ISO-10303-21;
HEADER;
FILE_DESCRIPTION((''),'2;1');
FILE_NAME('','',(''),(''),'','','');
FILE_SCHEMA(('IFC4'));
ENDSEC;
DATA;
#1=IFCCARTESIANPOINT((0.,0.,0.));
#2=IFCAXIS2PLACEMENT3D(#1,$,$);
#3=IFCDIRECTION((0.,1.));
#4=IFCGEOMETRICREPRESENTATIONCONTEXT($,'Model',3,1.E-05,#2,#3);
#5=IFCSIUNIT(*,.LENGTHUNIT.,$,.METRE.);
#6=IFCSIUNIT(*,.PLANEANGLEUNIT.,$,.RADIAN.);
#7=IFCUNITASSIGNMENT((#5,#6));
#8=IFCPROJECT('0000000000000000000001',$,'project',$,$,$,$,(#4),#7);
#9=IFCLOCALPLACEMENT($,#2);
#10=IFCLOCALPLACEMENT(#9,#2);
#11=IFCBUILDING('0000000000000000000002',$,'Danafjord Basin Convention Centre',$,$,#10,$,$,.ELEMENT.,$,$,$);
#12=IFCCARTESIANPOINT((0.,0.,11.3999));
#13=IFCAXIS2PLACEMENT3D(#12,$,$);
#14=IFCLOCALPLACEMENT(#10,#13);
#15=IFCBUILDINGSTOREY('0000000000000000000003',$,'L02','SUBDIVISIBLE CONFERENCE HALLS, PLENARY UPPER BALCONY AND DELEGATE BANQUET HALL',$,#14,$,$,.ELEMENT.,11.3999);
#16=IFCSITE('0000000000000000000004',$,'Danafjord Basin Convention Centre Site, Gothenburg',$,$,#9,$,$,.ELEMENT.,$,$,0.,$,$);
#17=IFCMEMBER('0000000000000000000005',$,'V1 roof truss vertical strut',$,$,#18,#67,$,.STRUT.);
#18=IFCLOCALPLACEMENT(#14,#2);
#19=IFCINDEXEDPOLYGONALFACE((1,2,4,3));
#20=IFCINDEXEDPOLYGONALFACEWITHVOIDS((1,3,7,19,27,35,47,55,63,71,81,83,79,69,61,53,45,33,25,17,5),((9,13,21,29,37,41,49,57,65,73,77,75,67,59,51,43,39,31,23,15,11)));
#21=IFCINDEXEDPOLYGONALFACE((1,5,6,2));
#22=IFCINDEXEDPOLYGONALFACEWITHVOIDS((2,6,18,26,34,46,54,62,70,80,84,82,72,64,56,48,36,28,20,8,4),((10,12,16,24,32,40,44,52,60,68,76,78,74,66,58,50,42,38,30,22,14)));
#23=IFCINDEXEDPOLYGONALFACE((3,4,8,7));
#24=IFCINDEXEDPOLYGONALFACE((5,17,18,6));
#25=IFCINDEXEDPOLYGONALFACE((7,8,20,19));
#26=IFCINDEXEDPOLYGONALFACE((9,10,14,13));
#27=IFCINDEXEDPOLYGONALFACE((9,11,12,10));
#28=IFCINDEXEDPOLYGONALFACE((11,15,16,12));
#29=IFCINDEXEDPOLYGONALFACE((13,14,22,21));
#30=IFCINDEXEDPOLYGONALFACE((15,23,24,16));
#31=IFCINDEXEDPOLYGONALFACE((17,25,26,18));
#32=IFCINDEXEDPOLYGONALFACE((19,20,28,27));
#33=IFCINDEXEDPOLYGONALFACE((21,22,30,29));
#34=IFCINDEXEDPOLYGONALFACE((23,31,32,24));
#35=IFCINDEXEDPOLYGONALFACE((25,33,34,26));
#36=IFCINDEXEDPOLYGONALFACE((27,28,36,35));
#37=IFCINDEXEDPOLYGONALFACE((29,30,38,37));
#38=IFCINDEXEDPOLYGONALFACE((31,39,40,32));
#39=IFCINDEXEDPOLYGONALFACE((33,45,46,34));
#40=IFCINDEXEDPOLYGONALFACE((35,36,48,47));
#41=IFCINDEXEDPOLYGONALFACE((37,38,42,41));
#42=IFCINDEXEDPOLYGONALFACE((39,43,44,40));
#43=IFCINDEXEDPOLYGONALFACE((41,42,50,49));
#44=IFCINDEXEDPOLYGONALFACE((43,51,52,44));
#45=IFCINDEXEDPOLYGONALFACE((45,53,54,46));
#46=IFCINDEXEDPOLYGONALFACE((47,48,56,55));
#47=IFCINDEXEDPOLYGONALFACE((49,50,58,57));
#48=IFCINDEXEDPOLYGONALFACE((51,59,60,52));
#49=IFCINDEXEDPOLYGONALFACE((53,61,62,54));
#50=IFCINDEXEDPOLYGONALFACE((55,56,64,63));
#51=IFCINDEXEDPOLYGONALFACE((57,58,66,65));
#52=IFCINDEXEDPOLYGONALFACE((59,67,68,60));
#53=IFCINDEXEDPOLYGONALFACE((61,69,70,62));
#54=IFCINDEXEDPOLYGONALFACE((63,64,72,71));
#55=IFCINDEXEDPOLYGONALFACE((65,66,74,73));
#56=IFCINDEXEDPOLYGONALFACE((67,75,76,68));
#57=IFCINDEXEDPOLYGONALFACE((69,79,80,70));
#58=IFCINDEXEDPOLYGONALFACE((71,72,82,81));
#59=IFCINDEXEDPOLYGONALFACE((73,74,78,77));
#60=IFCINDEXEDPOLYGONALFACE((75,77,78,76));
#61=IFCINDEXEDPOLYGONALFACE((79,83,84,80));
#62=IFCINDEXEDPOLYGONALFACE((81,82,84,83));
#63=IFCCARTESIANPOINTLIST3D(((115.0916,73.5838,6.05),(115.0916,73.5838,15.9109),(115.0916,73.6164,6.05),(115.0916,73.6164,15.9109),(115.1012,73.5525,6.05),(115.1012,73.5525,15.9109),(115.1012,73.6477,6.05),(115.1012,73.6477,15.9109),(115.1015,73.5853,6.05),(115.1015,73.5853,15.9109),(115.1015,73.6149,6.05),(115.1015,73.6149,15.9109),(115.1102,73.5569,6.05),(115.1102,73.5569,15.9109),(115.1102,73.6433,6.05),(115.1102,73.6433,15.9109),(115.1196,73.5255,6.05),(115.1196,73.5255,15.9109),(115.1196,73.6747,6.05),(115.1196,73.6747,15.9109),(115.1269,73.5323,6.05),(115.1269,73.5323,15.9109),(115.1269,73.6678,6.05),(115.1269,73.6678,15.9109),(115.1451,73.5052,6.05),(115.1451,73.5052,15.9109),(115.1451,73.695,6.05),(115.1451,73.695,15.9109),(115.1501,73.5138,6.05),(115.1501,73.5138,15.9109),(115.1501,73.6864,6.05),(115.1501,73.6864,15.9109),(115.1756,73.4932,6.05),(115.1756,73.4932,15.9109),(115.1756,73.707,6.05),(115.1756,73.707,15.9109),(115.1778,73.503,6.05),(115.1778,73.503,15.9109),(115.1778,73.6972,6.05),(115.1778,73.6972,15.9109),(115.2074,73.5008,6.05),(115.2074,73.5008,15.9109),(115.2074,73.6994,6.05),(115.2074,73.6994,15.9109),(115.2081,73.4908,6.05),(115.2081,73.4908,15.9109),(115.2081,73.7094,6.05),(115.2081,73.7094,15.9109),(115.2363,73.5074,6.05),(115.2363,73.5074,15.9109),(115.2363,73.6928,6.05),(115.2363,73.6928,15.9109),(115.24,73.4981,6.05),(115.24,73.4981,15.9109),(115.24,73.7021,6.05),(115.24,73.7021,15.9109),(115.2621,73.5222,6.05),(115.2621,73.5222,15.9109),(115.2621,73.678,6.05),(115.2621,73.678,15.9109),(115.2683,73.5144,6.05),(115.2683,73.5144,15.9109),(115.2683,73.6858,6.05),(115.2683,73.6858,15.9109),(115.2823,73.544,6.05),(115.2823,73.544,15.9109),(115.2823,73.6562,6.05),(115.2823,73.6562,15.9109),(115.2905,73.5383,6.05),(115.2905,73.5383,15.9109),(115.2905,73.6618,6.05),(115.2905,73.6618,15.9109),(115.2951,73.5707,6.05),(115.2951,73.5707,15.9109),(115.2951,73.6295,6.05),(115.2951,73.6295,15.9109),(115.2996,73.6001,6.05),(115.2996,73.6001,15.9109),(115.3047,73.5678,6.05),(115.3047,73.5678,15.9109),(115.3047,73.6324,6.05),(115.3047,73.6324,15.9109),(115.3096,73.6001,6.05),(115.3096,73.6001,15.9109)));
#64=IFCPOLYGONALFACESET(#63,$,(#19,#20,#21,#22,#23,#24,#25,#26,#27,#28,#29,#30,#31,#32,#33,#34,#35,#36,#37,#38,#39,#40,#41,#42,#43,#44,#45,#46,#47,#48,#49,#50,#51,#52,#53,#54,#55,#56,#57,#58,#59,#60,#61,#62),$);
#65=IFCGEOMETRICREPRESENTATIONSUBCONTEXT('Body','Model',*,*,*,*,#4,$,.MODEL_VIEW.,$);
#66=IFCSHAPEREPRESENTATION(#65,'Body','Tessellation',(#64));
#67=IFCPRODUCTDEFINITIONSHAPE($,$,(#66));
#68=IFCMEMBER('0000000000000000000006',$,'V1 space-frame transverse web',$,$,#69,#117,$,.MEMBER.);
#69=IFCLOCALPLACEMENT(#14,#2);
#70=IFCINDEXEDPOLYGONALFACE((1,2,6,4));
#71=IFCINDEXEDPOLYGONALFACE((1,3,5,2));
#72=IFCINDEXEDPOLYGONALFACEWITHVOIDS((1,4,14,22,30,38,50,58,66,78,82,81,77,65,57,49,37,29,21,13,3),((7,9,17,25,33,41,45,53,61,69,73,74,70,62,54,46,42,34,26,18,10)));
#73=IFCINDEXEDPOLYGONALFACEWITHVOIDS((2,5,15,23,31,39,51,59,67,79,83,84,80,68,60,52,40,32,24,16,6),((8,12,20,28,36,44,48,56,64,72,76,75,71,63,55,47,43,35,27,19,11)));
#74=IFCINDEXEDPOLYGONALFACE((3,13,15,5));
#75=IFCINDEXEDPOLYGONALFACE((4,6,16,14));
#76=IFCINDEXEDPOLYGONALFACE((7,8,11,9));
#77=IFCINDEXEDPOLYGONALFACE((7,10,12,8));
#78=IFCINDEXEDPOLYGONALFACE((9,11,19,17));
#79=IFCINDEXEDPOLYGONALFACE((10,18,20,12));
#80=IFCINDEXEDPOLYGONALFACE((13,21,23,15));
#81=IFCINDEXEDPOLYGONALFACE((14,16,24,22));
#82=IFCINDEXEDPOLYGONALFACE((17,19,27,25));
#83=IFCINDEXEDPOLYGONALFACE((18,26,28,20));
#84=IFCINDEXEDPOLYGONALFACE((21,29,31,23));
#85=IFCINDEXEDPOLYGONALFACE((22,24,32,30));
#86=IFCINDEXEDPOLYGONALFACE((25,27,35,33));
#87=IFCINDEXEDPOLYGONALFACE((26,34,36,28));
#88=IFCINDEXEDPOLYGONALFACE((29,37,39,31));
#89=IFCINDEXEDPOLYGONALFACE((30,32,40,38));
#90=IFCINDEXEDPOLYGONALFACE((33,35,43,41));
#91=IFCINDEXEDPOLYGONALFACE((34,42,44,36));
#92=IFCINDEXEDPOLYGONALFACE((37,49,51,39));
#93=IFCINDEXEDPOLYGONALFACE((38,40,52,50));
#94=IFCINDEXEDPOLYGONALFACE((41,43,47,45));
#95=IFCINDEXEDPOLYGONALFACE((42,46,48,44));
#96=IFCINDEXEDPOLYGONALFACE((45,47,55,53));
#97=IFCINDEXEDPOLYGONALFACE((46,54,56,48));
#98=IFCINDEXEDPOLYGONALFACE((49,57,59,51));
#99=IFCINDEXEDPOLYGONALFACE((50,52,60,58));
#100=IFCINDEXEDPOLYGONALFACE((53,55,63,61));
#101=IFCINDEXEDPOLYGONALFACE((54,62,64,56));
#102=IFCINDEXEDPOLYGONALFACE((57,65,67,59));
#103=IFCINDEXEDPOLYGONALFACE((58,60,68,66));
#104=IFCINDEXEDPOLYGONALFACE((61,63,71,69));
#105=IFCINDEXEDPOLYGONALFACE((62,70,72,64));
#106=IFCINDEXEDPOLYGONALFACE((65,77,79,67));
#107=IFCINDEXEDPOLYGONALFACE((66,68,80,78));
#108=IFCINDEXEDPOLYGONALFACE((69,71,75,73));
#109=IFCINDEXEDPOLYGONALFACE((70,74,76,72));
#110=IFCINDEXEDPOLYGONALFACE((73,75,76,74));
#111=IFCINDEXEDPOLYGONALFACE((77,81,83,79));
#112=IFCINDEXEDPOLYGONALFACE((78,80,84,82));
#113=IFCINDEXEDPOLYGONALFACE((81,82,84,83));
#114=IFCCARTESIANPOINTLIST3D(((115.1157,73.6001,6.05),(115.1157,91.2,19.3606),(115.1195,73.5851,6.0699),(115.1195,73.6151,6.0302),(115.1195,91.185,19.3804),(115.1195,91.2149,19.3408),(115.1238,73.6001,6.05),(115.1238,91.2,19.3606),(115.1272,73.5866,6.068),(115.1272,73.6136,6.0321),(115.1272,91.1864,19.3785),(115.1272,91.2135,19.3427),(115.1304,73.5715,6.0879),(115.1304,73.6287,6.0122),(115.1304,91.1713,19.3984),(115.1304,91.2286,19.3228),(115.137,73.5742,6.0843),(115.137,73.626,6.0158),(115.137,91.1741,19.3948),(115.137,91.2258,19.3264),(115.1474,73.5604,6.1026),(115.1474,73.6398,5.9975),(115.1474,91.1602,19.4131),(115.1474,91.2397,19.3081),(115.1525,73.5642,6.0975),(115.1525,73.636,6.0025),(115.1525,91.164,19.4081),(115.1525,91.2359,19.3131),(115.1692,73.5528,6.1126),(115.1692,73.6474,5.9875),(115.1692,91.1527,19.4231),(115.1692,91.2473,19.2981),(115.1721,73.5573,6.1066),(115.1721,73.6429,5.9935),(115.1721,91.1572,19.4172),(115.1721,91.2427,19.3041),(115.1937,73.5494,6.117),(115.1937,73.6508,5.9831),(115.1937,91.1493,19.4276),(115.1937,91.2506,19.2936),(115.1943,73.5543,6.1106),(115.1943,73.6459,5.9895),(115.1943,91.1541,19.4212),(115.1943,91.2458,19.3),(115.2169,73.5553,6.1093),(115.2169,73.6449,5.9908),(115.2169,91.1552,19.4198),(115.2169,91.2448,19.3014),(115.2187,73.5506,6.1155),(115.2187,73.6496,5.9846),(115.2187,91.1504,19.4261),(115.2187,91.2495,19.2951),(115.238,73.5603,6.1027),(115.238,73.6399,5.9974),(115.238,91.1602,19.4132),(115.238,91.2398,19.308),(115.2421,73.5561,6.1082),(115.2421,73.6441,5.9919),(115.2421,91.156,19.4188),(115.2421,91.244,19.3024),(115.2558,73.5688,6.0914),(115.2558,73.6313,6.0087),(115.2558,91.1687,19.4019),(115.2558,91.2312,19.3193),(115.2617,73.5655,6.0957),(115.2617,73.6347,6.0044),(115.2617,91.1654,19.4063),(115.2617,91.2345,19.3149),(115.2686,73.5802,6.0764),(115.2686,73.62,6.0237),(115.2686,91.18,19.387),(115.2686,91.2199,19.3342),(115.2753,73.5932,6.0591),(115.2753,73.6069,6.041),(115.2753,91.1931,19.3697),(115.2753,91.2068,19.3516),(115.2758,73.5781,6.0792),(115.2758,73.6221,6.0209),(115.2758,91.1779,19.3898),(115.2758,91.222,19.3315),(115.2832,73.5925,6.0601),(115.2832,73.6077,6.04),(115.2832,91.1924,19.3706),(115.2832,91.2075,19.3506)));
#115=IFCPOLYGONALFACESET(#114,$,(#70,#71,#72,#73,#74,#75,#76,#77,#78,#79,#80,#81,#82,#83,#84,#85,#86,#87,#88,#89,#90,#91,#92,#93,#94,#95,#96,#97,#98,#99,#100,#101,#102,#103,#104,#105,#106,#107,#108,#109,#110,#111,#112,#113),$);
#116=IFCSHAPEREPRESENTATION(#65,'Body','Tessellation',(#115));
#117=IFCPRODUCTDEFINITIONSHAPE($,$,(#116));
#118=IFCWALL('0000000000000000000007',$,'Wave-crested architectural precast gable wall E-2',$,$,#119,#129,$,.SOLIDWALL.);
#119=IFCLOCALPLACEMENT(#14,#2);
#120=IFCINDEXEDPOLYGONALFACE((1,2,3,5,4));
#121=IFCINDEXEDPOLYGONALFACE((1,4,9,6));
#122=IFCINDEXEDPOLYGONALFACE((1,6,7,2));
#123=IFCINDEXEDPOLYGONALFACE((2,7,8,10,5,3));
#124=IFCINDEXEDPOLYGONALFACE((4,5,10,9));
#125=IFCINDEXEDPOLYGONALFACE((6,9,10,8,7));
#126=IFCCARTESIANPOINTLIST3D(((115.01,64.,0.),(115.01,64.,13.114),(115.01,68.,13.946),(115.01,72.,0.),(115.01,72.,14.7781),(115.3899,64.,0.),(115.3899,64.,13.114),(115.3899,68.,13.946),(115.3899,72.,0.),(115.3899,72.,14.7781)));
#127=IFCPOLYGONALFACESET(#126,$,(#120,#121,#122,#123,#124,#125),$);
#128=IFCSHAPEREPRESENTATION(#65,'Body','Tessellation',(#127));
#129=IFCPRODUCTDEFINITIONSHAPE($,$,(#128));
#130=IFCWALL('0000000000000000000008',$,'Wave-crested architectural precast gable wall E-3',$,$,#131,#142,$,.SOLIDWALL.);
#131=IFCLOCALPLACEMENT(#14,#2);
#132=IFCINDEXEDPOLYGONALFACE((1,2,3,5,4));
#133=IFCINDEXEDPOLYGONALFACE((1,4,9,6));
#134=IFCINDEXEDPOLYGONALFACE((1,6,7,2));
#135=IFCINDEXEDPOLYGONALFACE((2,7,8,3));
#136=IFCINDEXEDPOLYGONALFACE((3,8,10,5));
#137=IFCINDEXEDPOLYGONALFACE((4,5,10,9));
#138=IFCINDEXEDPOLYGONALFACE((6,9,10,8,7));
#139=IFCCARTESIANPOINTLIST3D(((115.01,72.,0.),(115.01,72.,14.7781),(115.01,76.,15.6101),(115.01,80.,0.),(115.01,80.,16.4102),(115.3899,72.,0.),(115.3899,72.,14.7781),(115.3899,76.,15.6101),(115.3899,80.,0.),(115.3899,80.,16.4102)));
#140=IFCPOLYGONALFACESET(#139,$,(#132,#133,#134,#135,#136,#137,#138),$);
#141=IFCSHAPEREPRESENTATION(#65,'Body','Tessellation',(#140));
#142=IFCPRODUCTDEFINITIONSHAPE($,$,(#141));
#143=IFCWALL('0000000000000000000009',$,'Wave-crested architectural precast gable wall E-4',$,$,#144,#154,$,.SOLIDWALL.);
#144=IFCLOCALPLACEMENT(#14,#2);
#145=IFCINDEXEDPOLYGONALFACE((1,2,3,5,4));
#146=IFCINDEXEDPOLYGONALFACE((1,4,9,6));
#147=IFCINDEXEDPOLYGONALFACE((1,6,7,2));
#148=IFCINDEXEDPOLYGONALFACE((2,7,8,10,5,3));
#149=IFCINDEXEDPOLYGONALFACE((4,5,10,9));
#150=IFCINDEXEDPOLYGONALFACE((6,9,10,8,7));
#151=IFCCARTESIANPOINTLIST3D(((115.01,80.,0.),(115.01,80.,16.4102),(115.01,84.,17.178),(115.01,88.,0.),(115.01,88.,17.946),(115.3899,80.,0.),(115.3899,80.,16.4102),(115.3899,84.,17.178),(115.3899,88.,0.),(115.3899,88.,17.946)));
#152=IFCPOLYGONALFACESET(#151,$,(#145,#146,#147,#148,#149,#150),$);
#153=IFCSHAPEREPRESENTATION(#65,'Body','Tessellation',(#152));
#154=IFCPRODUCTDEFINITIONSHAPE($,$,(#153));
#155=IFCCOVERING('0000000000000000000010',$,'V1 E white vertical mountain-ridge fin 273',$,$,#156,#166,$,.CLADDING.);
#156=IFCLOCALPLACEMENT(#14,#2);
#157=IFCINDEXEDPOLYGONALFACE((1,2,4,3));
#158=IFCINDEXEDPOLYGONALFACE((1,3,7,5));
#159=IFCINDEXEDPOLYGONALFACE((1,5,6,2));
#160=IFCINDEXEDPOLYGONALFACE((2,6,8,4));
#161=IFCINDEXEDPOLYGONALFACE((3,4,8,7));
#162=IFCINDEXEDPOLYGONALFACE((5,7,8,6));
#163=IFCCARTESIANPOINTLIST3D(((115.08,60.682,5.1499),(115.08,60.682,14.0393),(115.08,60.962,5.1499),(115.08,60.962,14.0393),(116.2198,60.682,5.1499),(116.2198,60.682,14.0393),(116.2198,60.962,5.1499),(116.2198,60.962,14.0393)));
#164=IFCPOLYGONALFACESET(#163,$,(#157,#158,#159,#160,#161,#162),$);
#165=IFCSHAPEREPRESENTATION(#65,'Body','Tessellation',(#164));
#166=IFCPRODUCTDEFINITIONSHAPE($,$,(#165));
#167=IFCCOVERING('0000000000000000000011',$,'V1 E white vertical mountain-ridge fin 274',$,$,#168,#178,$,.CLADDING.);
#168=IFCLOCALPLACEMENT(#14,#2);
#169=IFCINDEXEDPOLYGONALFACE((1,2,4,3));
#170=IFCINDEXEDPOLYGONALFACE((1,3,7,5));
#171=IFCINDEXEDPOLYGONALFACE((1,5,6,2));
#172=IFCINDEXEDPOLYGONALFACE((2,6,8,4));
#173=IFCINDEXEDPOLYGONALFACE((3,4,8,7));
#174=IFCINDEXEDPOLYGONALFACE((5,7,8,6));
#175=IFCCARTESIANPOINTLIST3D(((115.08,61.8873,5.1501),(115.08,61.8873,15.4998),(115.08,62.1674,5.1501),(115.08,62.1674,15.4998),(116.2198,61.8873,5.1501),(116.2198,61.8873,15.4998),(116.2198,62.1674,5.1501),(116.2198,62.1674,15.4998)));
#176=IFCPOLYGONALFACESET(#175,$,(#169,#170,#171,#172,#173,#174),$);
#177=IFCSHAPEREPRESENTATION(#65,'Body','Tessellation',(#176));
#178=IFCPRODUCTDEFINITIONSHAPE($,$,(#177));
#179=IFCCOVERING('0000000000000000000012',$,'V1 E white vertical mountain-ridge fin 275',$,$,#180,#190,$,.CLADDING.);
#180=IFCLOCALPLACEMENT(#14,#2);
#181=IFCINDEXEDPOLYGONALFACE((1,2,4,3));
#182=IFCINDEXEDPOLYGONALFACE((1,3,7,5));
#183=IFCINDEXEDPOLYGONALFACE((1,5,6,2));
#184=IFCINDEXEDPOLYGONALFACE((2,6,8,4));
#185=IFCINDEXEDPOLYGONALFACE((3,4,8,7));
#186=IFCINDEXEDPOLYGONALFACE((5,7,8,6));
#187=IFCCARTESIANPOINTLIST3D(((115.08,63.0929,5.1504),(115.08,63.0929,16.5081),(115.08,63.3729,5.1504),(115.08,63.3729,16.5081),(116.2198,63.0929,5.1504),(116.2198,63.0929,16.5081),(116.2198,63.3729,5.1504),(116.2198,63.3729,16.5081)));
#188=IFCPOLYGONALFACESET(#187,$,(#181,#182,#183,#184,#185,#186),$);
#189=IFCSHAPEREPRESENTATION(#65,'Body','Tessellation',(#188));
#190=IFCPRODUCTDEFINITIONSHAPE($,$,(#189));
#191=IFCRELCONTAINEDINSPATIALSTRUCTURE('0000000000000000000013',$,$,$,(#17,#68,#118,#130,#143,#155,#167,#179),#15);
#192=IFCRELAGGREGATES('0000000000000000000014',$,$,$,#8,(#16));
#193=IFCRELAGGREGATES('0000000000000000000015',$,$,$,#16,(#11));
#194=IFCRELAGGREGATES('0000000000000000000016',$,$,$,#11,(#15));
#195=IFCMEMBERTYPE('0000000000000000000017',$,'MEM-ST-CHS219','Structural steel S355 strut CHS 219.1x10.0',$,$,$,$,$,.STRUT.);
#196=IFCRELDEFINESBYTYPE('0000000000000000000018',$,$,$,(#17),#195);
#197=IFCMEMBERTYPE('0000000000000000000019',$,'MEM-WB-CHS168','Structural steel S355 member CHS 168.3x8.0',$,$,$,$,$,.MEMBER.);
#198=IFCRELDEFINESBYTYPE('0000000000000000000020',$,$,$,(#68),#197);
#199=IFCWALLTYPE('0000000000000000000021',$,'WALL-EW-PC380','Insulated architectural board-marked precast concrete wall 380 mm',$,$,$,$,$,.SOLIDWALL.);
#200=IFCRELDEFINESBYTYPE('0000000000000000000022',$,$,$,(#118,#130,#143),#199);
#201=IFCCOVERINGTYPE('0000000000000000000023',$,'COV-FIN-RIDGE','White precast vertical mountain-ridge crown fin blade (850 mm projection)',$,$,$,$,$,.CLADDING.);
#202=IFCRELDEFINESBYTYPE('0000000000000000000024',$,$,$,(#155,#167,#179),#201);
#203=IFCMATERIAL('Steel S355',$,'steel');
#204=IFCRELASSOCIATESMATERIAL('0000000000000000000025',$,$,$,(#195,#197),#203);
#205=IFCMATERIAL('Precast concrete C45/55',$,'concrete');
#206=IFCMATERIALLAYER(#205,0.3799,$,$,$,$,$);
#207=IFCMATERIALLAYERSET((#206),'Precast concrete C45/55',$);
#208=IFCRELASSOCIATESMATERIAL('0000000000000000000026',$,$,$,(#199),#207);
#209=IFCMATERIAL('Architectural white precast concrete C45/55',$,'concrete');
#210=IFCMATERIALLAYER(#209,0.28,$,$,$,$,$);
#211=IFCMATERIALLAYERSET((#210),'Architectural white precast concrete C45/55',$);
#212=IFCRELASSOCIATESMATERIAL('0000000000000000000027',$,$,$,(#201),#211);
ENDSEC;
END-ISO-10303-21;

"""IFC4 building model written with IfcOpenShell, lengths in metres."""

from ifc_helpers import new_model, si_unit, direction, frame, origin, origin_2d, place, context, subcontext, project, spatial, polyline, rectangle, hollow_circle, outline, extrude, material, layer, layer_set, material_profile, profile_set, type_object, element, save


model = new_model("IFC4")

# Units and contexts
model_context = context("Model", 3, precision=1e-05, world=origin(), true_north=direction((0.0, 1.0)))
body_context = subcontext(model_context, "Body", "Model", "MODEL_VIEW")
ifc_project = project(units=[si_unit("LENGTHUNIT", "METRE"), si_unit("PLANEANGLEUNIT", "RADIAN")], contexts=[model_context])

# Site, building, storey
site_placement = place(None, origin())
site = spatial("IfcSite", under=ifc_project, at=site_placement, Name="Danafjord Basin Convention Centre Site, Gothenburg", CompositionType="ELEMENT", RefElevation=0.0)
building_placement = place(site_placement, origin())
building = spatial("IfcBuilding", under=site, at=building_placement, Name="Danafjord Basin Convention Centre", CompositionType="ELEMENT")
storey_placement = place(building_placement, frame((0.0, 0.0, 11.3999)))
storey = spatial("IfcBuildingStorey", under=building, at=storey_placement, Name="L02", Description="SUBDIVISIBLE CONFERENCE HALLS, PLENARY UPPER BALCONY AND DELEGATE BANQUET HALL", CompositionType="ELEMENT", Elevation=11.3999)

# Shared definitions
ifc_material_1 = material(Name="Steel S355", Category="steel")

# Members
ifc_material_profile_1 = material_profile(ifc_material_1, hollow_circle(Radius=0.1096, WallThickness=0.01, at=origin_2d()), Name="CHS 219.1x10.0")
ifc_profile_set_1 = profile_set([ifc_material_profile_1], Name="Steel S355")
member_type_1 = type_object("IfcMemberType", Name="MEM-ST-CHS219", Description="Structural steel S355 strut CHS 219.1x10.0", PredefinedType="STRUT", material=ifc_profile_set_1)
member_1_placement = place(storey_placement, frame((115.2, 73.6001, 6.05), z_axis=(0.0, 0.0, 1.0), x_axis=(1.0, 0.0, 0.0)))
element("IfcMember", 1, at=member_1_placement, inside=storey, type_object=member_type_1, Name="V1 roof truss vertical strut", PredefinedType="STRUT", context=body_context, shape_type="SweptSolid", body=[
    extrude(hollow_circle(Radius=0.1096, WallThickness=0.01, at=origin_2d()), origin(), (0.0, 0.0, 1.0), 9.8608),
])
ifc_material_profile_2 = material_profile(ifc_material_1, hollow_circle(Radius=0.0842, WallThickness=0.0081, at=origin_2d()), Name="CHS 168.3x8.0")
ifc_profile_set_2 = profile_set([ifc_material_profile_2], Name="Steel S355")
member_type_2 = type_object("IfcMemberType", Name="MEM-WB-CHS168", Description="Structural steel S355 member CHS 168.3x8.0", PredefinedType="MEMBER", material=ifc_profile_set_2)
member_2_placement = place(storey_placement, frame((115.2, 73.6001, 6.05), z_axis=(0.0, 0.797586, 0.603205), x_axis=(-1.0, 0.0, 0.0)))
element("IfcMember", 2, at=member_2_placement, inside=storey, type_object=member_type_2, Name="V1 space-frame transverse web", PredefinedType="MEMBER", context=body_context, shape_type="SweptSolid", body=[
    extrude(hollow_circle(Radius=0.0842, WallThickness=0.0081, at=origin_2d()), origin(), (0.0, 0.0, 1.0), 22.0664),
])

# Walls
ifc_material_2 = material(Name="Precast concrete C45/55", Category="concrete")
ifc_layer_1 = layer(ifc_material_2, 0.3799)
ifc_layer_set_1 = layer_set([ifc_layer_1], Name="Precast concrete C45/55")
wall_type = type_object("IfcWallType", Name="WALL-EW-PC380", Description="Insulated architectural board-marked precast concrete wall 380 mm", PredefinedType="SOLIDWALL", material=ifc_layer_set_1)
wall_1_placement = place(storey_placement, frame((115.2, 64.0, 0.0), z_axis=(0.0, 0.0, 1.0), x_axis=(0.0, 1.0, 0.0)))
element("IfcWall", 3, at=wall_1_placement, inside=storey, type_object=wall_type, Name="Wave-crested architectural precast gable wall E-2", PredefinedType="SOLIDWALL", context=body_context, shape_type="SweptSolid", body=[
    extrude(outline(polyline([(0.0, 0.0), (8.0, 0.0), (8.0, 14.7781), (4.0, 13.946), (0.0, 13.114), (0.0, 0.0)])), frame((0.0, 0.1899, 0.0), z_axis=(0.0, -1.0, 0.0), x_axis=(1.0, 0.0, 0.0)), (0.0, 0.0, 1.0), 0.3799),
])
wall_2_placement = place(storey_placement, frame((115.2, 72.0, 0.0), z_axis=(0.0, 0.0, 1.0), x_axis=(0.0, 1.0, 0.0)))
element("IfcWall", 4, at=wall_2_placement, inside=storey, type_object=wall_type, Name="Wave-crested architectural precast gable wall E-3", PredefinedType="SOLIDWALL", context=body_context, shape_type="SweptSolid", body=[
    extrude(outline(polyline([(0.0, 0.0), (8.0, 0.0), (8.0, 16.4102), (4.0, 15.6101), (0.0, 14.7781), (0.0, 0.0)])), frame((0.0, 0.1899, 0.0), z_axis=(0.0, -1.0, 0.0), x_axis=(1.0, 0.0, 0.0)), (0.0, 0.0, 1.0), 0.3799),
])
wall_3_placement = place(storey_placement, frame((115.2, 80.0, 0.0), z_axis=(0.0, 0.0, 1.0), x_axis=(0.0, 1.0, 0.0)))
element("IfcWall", 5, at=wall_3_placement, inside=storey, type_object=wall_type, Name="Wave-crested architectural precast gable wall E-4", PredefinedType="SOLIDWALL", context=body_context, shape_type="SweptSolid", body=[
    extrude(outline(polyline([(0.0, 0.0), (8.0, 0.0), (8.0, 17.946), (4.0, 17.178), (0.0, 16.4102), (0.0, 0.0)])), frame((0.0, 0.1899, 0.0), z_axis=(0.0, -1.0, 0.0), x_axis=(1.0, 0.0, 0.0)), (0.0, 0.0, 1.0), 0.3799),
])

# Coverings
ifc_material_3 = material(Name="Architectural white precast concrete C45/55", Category="concrete")
ifc_layer_2 = layer(ifc_material_3, 0.28)
ifc_layer_set_2 = layer_set([ifc_layer_2], Name="Architectural white precast concrete C45/55")
covering_type = type_object("IfcCoveringType", Name="COV-FIN-RIDGE", Description="White precast vertical mountain-ridge crown fin blade (850 mm projection)", PredefinedType="CLADDING", material=ifc_layer_set_2)
covering_1_placement = place(storey_placement, frame((115.6499, 60.822, 5.1499), z_axis=(0.0, 0.0, 1.0), x_axis=(1.0, 0.0, 0.0)))
element("IfcCovering", 6, at=covering_1_placement, inside=storey, type_object=covering_type, Name="V1 E white vertical mountain-ridge fin 273", PredefinedType="CLADDING", context=body_context, shape_type="SweptSolid", body=[
    extrude(rectangle(XDim=1.1399, YDim=0.28, at=origin_2d()), origin(), (0.0, 0.0, 1.0), 8.8894),
])
covering_2_placement = place(storey_placement, frame((115.6499, 62.0273, 5.1501), z_axis=(0.0, 0.0, 1.0), x_axis=(1.0, 0.0, 0.0)))
element("IfcCovering", 7, at=covering_2_placement, inside=storey, type_object=covering_type, Name="V1 E white vertical mountain-ridge fin 274", PredefinedType="CLADDING", context=body_context, shape_type="SweptSolid", body=[
    extrude(rectangle(XDim=1.1399, YDim=0.28, at=origin_2d()), origin(), (0.0, 0.0, 1.0), 10.3496),
])
covering_3_placement = place(storey_placement, frame((115.6499, 63.2329, 5.1504), z_axis=(0.0, 0.0, 1.0), x_axis=(1.0, 0.0, 0.0)))
element("IfcCovering", 8, at=covering_3_placement, inside=storey, type_object=covering_type, Name="V1 E white vertical mountain-ridge fin 275", PredefinedType="CLADDING", context=body_context, shape_type="SweptSolid", body=[
    extrude(rectangle(XDim=1.1399, YDim=0.28, at=origin_2d()), origin(), (0.0, 0.0, 1.0), 11.3577),
])

save(model, "model.ifc")
